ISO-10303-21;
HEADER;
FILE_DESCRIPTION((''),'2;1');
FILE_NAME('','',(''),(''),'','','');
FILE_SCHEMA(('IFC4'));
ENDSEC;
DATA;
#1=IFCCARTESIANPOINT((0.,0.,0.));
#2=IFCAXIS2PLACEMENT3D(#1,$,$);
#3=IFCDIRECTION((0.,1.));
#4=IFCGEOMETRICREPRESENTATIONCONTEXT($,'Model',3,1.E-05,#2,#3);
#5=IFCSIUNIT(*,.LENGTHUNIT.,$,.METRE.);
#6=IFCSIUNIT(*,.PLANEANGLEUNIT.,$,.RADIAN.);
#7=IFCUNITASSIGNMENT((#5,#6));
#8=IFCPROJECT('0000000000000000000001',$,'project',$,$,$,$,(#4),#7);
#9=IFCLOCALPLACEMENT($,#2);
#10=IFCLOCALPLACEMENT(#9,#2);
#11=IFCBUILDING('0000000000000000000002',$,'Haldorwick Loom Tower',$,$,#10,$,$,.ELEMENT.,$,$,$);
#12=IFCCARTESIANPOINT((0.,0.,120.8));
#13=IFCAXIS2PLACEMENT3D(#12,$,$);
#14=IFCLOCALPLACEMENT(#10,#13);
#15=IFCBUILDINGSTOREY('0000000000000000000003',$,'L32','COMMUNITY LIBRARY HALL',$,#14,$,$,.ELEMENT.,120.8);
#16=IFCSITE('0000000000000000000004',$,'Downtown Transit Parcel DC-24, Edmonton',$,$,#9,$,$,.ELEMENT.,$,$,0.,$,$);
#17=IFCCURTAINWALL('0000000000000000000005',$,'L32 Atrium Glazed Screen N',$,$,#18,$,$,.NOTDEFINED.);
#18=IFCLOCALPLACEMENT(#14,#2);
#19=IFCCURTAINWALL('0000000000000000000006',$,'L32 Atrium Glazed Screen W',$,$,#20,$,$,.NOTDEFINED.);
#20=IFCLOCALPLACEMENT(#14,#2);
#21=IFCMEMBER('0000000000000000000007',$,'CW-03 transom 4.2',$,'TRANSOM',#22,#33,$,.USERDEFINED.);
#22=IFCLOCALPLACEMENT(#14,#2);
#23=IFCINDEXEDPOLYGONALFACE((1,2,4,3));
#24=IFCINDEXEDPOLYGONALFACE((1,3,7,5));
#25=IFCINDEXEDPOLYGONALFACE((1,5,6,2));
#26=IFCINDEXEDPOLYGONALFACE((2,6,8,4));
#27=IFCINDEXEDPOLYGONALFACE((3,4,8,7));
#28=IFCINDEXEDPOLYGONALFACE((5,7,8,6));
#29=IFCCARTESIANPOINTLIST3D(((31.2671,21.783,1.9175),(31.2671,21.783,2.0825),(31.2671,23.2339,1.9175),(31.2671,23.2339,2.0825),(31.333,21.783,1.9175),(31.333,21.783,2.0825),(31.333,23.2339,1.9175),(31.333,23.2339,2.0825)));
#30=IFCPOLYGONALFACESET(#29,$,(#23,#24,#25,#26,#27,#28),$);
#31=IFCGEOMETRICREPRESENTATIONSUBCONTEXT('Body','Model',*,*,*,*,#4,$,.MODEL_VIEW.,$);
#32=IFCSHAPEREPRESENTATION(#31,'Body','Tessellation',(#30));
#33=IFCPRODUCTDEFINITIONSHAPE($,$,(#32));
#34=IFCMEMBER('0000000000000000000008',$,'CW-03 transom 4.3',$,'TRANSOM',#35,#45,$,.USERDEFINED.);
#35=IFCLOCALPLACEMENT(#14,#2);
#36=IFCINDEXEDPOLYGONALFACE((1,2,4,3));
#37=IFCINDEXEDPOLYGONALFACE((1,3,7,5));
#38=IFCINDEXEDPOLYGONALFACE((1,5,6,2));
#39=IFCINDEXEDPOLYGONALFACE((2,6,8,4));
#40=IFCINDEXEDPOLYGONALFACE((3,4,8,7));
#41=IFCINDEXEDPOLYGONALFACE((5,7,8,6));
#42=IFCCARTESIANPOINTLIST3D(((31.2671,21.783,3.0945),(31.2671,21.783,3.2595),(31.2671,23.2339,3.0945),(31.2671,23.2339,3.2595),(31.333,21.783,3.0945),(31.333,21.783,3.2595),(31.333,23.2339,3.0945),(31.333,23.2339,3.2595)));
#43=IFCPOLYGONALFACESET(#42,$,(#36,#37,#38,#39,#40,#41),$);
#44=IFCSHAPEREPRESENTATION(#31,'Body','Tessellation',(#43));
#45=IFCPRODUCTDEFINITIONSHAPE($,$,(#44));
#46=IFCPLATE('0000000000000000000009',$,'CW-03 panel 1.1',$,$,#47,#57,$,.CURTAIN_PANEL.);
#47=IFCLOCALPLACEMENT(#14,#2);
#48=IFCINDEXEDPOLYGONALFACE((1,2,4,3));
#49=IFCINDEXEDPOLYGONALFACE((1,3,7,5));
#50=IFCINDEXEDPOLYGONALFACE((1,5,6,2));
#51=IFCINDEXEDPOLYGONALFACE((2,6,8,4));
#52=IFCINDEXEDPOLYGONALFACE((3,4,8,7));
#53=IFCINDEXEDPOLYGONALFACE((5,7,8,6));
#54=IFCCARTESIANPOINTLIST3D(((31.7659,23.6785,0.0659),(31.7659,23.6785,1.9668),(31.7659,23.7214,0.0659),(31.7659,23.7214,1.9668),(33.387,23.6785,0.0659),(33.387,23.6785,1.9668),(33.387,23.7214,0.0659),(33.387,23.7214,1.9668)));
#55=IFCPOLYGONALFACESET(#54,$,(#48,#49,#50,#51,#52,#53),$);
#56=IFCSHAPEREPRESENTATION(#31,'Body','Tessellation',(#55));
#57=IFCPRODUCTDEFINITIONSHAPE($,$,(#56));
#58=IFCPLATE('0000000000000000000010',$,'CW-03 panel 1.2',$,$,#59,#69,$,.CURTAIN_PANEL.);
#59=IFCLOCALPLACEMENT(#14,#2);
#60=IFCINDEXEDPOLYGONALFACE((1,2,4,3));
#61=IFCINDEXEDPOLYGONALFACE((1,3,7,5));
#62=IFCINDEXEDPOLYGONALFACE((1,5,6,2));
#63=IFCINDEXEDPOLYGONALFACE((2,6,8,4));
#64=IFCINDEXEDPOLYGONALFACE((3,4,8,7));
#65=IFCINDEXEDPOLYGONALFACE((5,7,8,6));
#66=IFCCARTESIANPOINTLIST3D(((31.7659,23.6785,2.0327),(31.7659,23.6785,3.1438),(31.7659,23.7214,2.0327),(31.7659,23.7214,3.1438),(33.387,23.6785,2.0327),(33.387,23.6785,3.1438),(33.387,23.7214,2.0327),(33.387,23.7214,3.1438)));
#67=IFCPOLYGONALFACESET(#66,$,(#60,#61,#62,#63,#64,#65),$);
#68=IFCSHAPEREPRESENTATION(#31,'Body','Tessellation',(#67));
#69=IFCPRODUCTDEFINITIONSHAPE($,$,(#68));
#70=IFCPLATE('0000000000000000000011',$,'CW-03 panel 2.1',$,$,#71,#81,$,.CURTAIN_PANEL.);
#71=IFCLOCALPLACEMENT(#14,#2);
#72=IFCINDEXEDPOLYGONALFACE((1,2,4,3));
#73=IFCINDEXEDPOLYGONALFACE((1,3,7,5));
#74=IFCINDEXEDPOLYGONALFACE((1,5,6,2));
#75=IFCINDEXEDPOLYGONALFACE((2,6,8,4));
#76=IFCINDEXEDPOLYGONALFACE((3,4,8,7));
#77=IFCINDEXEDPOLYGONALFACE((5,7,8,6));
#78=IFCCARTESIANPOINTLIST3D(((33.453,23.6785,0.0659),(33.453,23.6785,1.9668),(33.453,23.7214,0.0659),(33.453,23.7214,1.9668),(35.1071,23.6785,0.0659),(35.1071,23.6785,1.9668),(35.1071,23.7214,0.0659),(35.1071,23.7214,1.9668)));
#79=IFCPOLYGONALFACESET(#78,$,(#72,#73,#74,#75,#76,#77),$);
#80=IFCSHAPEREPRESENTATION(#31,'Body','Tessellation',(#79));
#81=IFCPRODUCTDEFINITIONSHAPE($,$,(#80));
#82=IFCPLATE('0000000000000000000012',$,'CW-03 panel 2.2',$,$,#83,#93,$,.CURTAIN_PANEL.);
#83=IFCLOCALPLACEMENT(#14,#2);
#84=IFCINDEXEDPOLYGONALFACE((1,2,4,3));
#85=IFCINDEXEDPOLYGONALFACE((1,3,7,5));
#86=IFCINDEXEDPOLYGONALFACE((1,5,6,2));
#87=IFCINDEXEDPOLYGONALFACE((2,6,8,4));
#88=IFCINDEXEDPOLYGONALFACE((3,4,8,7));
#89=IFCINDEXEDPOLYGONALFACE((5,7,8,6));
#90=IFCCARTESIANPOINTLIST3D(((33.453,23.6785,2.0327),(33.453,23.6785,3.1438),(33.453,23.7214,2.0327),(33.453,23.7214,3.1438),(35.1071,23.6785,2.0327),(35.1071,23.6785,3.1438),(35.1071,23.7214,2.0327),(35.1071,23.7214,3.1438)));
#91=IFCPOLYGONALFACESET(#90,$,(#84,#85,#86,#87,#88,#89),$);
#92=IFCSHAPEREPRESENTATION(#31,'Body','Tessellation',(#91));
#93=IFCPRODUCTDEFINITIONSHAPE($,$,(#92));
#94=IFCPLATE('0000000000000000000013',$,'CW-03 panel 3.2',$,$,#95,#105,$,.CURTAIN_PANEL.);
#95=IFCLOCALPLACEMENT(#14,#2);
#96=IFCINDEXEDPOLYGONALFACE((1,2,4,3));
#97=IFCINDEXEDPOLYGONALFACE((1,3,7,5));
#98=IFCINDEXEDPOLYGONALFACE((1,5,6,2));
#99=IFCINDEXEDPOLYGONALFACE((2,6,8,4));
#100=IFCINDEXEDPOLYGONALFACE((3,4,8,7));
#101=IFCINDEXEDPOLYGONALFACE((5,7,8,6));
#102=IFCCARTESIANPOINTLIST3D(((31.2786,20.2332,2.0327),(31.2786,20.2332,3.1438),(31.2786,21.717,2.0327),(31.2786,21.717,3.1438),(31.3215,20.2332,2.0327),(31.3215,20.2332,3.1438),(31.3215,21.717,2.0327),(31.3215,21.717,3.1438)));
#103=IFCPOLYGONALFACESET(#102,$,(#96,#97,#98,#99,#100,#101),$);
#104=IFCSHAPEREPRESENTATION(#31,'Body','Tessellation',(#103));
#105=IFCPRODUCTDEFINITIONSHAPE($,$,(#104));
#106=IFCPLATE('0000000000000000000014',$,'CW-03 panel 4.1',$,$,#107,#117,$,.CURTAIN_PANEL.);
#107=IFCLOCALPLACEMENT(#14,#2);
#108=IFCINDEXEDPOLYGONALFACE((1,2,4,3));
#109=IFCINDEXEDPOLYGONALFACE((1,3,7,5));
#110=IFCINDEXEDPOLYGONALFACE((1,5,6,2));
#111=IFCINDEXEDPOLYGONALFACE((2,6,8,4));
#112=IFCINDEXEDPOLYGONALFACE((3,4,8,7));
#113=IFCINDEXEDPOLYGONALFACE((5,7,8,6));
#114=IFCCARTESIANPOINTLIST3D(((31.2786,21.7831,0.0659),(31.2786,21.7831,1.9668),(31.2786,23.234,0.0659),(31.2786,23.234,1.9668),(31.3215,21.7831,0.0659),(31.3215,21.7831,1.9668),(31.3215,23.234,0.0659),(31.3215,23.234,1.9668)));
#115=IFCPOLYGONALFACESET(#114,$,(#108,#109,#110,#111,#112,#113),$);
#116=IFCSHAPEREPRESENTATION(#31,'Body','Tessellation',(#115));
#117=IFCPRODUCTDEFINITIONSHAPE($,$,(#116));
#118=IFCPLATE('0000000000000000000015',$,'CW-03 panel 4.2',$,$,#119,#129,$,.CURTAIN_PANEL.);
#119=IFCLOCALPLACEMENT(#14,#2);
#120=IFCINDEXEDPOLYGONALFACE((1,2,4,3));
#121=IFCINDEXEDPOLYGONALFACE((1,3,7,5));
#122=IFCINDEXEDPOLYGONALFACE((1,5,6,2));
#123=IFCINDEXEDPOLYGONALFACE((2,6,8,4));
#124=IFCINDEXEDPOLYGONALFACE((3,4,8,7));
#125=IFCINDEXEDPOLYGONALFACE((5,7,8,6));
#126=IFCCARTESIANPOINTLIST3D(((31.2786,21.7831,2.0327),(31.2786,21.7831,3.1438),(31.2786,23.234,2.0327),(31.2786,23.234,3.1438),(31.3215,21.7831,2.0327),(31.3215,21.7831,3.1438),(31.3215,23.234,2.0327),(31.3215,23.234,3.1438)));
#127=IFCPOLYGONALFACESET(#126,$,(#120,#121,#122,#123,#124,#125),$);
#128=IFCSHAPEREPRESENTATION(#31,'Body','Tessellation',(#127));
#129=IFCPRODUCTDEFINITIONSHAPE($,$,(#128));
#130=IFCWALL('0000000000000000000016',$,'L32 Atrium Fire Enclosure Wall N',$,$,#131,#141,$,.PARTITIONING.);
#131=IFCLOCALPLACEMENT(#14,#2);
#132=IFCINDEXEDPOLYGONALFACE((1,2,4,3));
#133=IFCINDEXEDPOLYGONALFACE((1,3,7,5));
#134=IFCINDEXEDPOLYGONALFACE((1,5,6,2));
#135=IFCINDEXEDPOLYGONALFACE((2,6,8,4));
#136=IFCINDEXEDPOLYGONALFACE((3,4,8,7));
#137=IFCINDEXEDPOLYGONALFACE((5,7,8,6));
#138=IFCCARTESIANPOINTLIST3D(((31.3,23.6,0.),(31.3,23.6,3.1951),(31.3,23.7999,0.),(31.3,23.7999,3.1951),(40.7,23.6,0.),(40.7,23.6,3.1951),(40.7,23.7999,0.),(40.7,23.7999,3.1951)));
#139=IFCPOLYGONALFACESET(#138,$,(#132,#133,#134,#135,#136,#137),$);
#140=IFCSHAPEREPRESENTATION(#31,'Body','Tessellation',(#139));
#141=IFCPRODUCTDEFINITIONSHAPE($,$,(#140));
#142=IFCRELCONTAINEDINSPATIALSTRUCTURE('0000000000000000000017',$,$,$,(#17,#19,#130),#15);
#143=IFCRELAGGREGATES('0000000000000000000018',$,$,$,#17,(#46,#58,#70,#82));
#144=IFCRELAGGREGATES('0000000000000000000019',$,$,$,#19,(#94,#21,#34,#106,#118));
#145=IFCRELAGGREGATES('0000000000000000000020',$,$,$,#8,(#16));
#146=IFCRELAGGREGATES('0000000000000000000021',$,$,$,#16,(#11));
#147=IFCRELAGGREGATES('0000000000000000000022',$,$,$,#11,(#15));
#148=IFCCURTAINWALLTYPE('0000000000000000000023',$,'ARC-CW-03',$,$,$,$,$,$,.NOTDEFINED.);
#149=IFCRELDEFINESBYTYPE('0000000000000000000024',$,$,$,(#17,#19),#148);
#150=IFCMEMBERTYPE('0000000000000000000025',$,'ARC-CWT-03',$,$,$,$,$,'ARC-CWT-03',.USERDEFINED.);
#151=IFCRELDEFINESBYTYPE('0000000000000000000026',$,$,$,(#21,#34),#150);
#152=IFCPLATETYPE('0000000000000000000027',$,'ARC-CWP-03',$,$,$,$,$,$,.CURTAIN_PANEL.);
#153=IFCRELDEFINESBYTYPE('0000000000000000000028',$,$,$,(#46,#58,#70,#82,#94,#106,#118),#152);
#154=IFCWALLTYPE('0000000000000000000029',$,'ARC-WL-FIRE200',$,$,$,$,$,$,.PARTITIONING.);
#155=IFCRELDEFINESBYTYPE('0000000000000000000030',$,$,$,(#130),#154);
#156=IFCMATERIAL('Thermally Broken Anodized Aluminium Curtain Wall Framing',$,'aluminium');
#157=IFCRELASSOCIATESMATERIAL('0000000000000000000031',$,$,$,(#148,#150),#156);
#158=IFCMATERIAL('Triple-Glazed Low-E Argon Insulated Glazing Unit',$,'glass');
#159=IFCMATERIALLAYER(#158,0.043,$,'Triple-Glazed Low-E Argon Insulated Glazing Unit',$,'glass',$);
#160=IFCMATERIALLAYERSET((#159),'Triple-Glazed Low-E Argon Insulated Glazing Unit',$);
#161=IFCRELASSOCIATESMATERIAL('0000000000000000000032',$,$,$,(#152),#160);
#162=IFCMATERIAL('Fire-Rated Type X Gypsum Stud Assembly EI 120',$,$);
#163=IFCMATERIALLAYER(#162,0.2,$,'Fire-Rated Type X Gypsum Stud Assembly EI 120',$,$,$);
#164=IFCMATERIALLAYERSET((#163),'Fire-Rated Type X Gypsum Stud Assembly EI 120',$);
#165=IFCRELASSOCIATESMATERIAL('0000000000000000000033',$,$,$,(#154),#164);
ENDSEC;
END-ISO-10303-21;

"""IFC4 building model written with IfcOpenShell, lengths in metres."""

from ifc_helpers import new_model, si_unit, direction, frame, frame_2d, origin, origin_2d, place, context, subcontext, project, spatial, rectangle, extrude, material, layer, layer_set, material_profile, profile_set, type_object, element, aggregate, save


model = new_model("IFC4")

# Units and contexts
model_context = context("Model", 3, precision=1e-05, world=origin(), true_north=direction((0.0, 1.0)))
body_context = subcontext(model_context, "Body", "Model", "MODEL_VIEW")
ifc_project = project(units=[si_unit("LENGTHUNIT", "METRE"), si_unit("PLANEANGLEUNIT", "RADIAN")], contexts=[model_context])

# Site, building, storey
site_placement = place(None, origin())
site = spatial("IfcSite", under=ifc_project, at=site_placement, Name="Downtown Transit Parcel DC-24, Edmonton", CompositionType="ELEMENT", RefElevation=0.0)
building_placement = place(site_placement, origin())
building = spatial("IfcBuilding", under=site, at=building_placement, Name="Haldorwick Loom Tower", CompositionType="ELEMENT")
storey_placement = place(building_placement, frame((0.0, 0.0, 120.8)))
storey = spatial("IfcBuildingStorey", under=building, at=storey_placement, Name="L32", Description="COMMUNITY LIBRARY HALL", CompositionType="ELEMENT", Elevation=120.8)

# Curtain walls
ifc_material_1 = material(Name="Thermally Broken Anodized Aluminium Curtain Wall Framing", Category="aluminium")
curtain_wall_type = type_object("IfcCurtainWallType", Name="ARC-CW-03", PredefinedType="NOTDEFINED", material=ifc_material_1)
curtain_wall_1_placement = place(storey_placement, origin())
curtain_wall_1 = element("IfcCurtainWall", 1, at=curtain_wall_1_placement, inside=storey, type_object=curtain_wall_type, Name="L32 Atrium Glazed Screen N", PredefinedType="NOTDEFINED")
curtain_wall_2_placement = place(storey_placement, origin())
curtain_wall_2 = element("IfcCurtainWall", 2, at=curtain_wall_2_placement, inside=storey, type_object=curtain_wall_type, Name="L32 Atrium Glazed Screen W", PredefinedType="NOTDEFINED")

# Members
ifc_material_profile_1 = material_profile(ifc_material_1, rectangle(XDim=0.0659, YDim=0.165, at=origin_2d()), Name="ALU_TRN_66X165", Category="aluminium")
ifc_profile_set_1 = profile_set([ifc_material_profile_1], Name="Thermally Broken Anodized Aluminium Curtain Wall Framing")
member_type_1 = type_object("IfcMemberType", Name="ARC-CWT-03", ElementType="ARC-CWT-03", PredefinedType="USERDEFINED", material=ifc_profile_set_1)
member_1_placement = place(storey_placement, frame((31.3, 21.783, 2.0), z_axis=(0.0, 1.0, 0.0), x_axis=(-1.0, 0.0, 0.0)))
member_1 = element("IfcMember", 3, at=member_1_placement, type_object=member_type_1, Name="CW-03 transom 4.2", ObjectType="TRANSOM", PredefinedType="USERDEFINED", context=body_context, shape_type="SweptSolid", body=[
    extrude(rectangle(XDim=0.0659, YDim=0.165, at=origin_2d()), origin(), (0.0, 0.0, 1.0), 1.4509),
])
member_2_placement = place(storey_placement, frame((31.3, 21.783, 3.177), z_axis=(0.0, 1.0, 0.0), x_axis=(-1.0, 0.0, 0.0)))
member_2 = element("IfcMember", 4, at=member_2_placement, type_object=member_type_1, Name="CW-03 transom 4.3", ObjectType="TRANSOM", PredefinedType="USERDEFINED", context=body_context, shape_type="SweptSolid", body=[
    extrude(rectangle(XDim=0.0659, YDim=0.165, at=origin_2d()), origin(), (0.0, 0.0, 1.0), 1.4509),
])

# Plates
ifc_material_2 = material(Name="Triple-Glazed Low-E Argon Insulated Glazing Unit", Category="glass")
ifc_layer_1 = layer(ifc_material_2, 0.043, Name="Triple-Glazed Low-E Argon Insulated Glazing Unit", Category="glass")
ifc_layer_set_1 = layer_set([ifc_layer_1], Name="Triple-Glazed Low-E Argon Insulated Glazing Unit")
plate_type = type_object("IfcPlateType", Name="ARC-CWP-03", PredefinedType="CURTAIN_PANEL", material=ifc_layer_set_1)
plate_1_placement = place(storey_placement, frame((32.5764, 23.7, 0.0659), z_axis=(0.0, 0.0, 1.0), x_axis=(1.0, 0.0, 0.0)))
plate_1 = element("IfcPlate", 5, at=plate_1_placement, type_object=plate_type, Name="CW-03 panel 1.1", PredefinedType="CURTAIN_PANEL", context=body_context, shape_type="SweptSolid", body=[
    extrude(rectangle(XDim=1.6211, YDim=0.043, at=origin_2d()), origin(), (0.0, 0.0, 1.0), 1.9009),
])
plate_2_placement = place(storey_placement, frame((32.5764, 23.7, 2.0327), z_axis=(0.0, 0.0, 1.0), x_axis=(1.0, 0.0, 0.0)))
plate_2 = element("IfcPlate", 6, at=plate_2_placement, type_object=plate_type, Name="CW-03 panel 1.2", PredefinedType="CURTAIN_PANEL", context=body_context, shape_type="SweptSolid", body=[
    extrude(rectangle(XDim=1.6211, YDim=0.043, at=origin_2d()), origin(), (0.0, 0.0, 1.0), 1.1111),
])
plate_3_placement = place(storey_placement, frame((34.28, 23.7, 0.0659), z_axis=(0.0, 0.0, 1.0), x_axis=(1.0, 0.0, 0.0)))
plate_3 = element("IfcPlate", 7, at=plate_3_placement, type_object=plate_type, Name="CW-03 panel 2.1", PredefinedType="CURTAIN_PANEL", context=body_context, shape_type="SweptSolid", body=[
    extrude(rectangle(XDim=1.6541, YDim=0.043, at=origin_2d()), origin(), (0.0, 0.0, 1.0), 1.9009),
])
plate_4_placement = place(storey_placement, frame((34.28, 23.7, 2.0327), z_axis=(0.0, 0.0, 1.0), x_axis=(1.0, 0.0, 0.0)))
plate_4 = element("IfcPlate", 8, at=plate_4_placement, type_object=plate_type, Name="CW-03 panel 2.2", PredefinedType="CURTAIN_PANEL", context=body_context, shape_type="SweptSolid", body=[
    extrude(rectangle(XDim=1.6541, YDim=0.043, at=origin_2d()), origin(), (0.0, 0.0, 1.0), 1.1111),
])
aggregate(curtain_wall_1, [plate_1, plate_2, plate_3, plate_4])
plate_5_placement = place(storey_placement, frame((31.3, 20.9751, 2.0327), z_axis=(0.0, 0.0, 1.0), x_axis=(0.0, 1.0, 0.0)))
plate_5 = element("IfcPlate", 9, at=plate_5_placement, type_object=plate_type, Name="CW-03 panel 3.2", PredefinedType="CURTAIN_PANEL", context=body_context, shape_type="SweptSolid", body=[
    extrude(rectangle(XDim=1.4839, YDim=0.043, at=origin_2d()), origin(), (0.0, 0.0, 1.0), 1.1111),
])
plate_6_placement = place(storey_placement, frame((31.3, 22.5085, 0.0659), z_axis=(0.0, 0.0, 1.0), x_axis=(0.0, 1.0, 0.0)))
plate_6 = element("IfcPlate", 10, at=plate_6_placement, type_object=plate_type, Name="CW-03 panel 4.1", PredefinedType="CURTAIN_PANEL", context=body_context, shape_type="SweptSolid", body=[
    extrude(rectangle(XDim=1.4509, YDim=0.043, at=origin_2d()), origin(), (0.0, 0.0, 1.0), 1.9009),
])
plate_7_placement = place(storey_placement, frame((31.3, 22.5085, 2.0327), z_axis=(0.0, 0.0, 1.0), x_axis=(0.0, 1.0, 0.0)))
plate_7 = element("IfcPlate", 11, at=plate_7_placement, type_object=plate_type, Name="CW-03 panel 4.2", PredefinedType="CURTAIN_PANEL", context=body_context, shape_type="SweptSolid", body=[
    extrude(rectangle(XDim=1.4509, YDim=0.043, at=origin_2d()), origin(), (0.0, 0.0, 1.0), 1.1111),
])
aggregate(curtain_wall_2, [plate_5, member_1, member_2, plate_6, plate_7])

# Wall
ifc_material_3 = material(Name="Fire-Rated Type X Gypsum Stud Assembly EI 120")
ifc_layer_2 = layer(ifc_material_3, 0.2, Name="Fire-Rated Type X Gypsum Stud Assembly EI 120")
ifc_layer_set_2 = layer_set([ifc_layer_2], Name="Fire-Rated Type X Gypsum Stud Assembly EI 120")
wall_type = type_object("IfcWallType", Name="ARC-WL-FIRE200", PredefinedType="PARTITIONING", material=ifc_layer_set_2)
wall_placement = place(storey_placement, frame((31.3, 23.7, 0.0), z_axis=(0.0, 0.0, 1.0), x_axis=(1.0, 0.0, 0.0)))
element("IfcWall", 12, at=wall_placement, inside=storey, type_object=wall_type, Name="L32 Atrium Fire Enclosure Wall N", PredefinedType="PARTITIONING", context=body_context, shape_type="SweptSolid", body=[
    extrude(rectangle(XDim=9.3999, YDim=0.2, at=frame_2d((4.7, 0.0))), origin(), (0.0, 0.0, 1.0), 3.1951),
])

save(model, "model.ifc")
